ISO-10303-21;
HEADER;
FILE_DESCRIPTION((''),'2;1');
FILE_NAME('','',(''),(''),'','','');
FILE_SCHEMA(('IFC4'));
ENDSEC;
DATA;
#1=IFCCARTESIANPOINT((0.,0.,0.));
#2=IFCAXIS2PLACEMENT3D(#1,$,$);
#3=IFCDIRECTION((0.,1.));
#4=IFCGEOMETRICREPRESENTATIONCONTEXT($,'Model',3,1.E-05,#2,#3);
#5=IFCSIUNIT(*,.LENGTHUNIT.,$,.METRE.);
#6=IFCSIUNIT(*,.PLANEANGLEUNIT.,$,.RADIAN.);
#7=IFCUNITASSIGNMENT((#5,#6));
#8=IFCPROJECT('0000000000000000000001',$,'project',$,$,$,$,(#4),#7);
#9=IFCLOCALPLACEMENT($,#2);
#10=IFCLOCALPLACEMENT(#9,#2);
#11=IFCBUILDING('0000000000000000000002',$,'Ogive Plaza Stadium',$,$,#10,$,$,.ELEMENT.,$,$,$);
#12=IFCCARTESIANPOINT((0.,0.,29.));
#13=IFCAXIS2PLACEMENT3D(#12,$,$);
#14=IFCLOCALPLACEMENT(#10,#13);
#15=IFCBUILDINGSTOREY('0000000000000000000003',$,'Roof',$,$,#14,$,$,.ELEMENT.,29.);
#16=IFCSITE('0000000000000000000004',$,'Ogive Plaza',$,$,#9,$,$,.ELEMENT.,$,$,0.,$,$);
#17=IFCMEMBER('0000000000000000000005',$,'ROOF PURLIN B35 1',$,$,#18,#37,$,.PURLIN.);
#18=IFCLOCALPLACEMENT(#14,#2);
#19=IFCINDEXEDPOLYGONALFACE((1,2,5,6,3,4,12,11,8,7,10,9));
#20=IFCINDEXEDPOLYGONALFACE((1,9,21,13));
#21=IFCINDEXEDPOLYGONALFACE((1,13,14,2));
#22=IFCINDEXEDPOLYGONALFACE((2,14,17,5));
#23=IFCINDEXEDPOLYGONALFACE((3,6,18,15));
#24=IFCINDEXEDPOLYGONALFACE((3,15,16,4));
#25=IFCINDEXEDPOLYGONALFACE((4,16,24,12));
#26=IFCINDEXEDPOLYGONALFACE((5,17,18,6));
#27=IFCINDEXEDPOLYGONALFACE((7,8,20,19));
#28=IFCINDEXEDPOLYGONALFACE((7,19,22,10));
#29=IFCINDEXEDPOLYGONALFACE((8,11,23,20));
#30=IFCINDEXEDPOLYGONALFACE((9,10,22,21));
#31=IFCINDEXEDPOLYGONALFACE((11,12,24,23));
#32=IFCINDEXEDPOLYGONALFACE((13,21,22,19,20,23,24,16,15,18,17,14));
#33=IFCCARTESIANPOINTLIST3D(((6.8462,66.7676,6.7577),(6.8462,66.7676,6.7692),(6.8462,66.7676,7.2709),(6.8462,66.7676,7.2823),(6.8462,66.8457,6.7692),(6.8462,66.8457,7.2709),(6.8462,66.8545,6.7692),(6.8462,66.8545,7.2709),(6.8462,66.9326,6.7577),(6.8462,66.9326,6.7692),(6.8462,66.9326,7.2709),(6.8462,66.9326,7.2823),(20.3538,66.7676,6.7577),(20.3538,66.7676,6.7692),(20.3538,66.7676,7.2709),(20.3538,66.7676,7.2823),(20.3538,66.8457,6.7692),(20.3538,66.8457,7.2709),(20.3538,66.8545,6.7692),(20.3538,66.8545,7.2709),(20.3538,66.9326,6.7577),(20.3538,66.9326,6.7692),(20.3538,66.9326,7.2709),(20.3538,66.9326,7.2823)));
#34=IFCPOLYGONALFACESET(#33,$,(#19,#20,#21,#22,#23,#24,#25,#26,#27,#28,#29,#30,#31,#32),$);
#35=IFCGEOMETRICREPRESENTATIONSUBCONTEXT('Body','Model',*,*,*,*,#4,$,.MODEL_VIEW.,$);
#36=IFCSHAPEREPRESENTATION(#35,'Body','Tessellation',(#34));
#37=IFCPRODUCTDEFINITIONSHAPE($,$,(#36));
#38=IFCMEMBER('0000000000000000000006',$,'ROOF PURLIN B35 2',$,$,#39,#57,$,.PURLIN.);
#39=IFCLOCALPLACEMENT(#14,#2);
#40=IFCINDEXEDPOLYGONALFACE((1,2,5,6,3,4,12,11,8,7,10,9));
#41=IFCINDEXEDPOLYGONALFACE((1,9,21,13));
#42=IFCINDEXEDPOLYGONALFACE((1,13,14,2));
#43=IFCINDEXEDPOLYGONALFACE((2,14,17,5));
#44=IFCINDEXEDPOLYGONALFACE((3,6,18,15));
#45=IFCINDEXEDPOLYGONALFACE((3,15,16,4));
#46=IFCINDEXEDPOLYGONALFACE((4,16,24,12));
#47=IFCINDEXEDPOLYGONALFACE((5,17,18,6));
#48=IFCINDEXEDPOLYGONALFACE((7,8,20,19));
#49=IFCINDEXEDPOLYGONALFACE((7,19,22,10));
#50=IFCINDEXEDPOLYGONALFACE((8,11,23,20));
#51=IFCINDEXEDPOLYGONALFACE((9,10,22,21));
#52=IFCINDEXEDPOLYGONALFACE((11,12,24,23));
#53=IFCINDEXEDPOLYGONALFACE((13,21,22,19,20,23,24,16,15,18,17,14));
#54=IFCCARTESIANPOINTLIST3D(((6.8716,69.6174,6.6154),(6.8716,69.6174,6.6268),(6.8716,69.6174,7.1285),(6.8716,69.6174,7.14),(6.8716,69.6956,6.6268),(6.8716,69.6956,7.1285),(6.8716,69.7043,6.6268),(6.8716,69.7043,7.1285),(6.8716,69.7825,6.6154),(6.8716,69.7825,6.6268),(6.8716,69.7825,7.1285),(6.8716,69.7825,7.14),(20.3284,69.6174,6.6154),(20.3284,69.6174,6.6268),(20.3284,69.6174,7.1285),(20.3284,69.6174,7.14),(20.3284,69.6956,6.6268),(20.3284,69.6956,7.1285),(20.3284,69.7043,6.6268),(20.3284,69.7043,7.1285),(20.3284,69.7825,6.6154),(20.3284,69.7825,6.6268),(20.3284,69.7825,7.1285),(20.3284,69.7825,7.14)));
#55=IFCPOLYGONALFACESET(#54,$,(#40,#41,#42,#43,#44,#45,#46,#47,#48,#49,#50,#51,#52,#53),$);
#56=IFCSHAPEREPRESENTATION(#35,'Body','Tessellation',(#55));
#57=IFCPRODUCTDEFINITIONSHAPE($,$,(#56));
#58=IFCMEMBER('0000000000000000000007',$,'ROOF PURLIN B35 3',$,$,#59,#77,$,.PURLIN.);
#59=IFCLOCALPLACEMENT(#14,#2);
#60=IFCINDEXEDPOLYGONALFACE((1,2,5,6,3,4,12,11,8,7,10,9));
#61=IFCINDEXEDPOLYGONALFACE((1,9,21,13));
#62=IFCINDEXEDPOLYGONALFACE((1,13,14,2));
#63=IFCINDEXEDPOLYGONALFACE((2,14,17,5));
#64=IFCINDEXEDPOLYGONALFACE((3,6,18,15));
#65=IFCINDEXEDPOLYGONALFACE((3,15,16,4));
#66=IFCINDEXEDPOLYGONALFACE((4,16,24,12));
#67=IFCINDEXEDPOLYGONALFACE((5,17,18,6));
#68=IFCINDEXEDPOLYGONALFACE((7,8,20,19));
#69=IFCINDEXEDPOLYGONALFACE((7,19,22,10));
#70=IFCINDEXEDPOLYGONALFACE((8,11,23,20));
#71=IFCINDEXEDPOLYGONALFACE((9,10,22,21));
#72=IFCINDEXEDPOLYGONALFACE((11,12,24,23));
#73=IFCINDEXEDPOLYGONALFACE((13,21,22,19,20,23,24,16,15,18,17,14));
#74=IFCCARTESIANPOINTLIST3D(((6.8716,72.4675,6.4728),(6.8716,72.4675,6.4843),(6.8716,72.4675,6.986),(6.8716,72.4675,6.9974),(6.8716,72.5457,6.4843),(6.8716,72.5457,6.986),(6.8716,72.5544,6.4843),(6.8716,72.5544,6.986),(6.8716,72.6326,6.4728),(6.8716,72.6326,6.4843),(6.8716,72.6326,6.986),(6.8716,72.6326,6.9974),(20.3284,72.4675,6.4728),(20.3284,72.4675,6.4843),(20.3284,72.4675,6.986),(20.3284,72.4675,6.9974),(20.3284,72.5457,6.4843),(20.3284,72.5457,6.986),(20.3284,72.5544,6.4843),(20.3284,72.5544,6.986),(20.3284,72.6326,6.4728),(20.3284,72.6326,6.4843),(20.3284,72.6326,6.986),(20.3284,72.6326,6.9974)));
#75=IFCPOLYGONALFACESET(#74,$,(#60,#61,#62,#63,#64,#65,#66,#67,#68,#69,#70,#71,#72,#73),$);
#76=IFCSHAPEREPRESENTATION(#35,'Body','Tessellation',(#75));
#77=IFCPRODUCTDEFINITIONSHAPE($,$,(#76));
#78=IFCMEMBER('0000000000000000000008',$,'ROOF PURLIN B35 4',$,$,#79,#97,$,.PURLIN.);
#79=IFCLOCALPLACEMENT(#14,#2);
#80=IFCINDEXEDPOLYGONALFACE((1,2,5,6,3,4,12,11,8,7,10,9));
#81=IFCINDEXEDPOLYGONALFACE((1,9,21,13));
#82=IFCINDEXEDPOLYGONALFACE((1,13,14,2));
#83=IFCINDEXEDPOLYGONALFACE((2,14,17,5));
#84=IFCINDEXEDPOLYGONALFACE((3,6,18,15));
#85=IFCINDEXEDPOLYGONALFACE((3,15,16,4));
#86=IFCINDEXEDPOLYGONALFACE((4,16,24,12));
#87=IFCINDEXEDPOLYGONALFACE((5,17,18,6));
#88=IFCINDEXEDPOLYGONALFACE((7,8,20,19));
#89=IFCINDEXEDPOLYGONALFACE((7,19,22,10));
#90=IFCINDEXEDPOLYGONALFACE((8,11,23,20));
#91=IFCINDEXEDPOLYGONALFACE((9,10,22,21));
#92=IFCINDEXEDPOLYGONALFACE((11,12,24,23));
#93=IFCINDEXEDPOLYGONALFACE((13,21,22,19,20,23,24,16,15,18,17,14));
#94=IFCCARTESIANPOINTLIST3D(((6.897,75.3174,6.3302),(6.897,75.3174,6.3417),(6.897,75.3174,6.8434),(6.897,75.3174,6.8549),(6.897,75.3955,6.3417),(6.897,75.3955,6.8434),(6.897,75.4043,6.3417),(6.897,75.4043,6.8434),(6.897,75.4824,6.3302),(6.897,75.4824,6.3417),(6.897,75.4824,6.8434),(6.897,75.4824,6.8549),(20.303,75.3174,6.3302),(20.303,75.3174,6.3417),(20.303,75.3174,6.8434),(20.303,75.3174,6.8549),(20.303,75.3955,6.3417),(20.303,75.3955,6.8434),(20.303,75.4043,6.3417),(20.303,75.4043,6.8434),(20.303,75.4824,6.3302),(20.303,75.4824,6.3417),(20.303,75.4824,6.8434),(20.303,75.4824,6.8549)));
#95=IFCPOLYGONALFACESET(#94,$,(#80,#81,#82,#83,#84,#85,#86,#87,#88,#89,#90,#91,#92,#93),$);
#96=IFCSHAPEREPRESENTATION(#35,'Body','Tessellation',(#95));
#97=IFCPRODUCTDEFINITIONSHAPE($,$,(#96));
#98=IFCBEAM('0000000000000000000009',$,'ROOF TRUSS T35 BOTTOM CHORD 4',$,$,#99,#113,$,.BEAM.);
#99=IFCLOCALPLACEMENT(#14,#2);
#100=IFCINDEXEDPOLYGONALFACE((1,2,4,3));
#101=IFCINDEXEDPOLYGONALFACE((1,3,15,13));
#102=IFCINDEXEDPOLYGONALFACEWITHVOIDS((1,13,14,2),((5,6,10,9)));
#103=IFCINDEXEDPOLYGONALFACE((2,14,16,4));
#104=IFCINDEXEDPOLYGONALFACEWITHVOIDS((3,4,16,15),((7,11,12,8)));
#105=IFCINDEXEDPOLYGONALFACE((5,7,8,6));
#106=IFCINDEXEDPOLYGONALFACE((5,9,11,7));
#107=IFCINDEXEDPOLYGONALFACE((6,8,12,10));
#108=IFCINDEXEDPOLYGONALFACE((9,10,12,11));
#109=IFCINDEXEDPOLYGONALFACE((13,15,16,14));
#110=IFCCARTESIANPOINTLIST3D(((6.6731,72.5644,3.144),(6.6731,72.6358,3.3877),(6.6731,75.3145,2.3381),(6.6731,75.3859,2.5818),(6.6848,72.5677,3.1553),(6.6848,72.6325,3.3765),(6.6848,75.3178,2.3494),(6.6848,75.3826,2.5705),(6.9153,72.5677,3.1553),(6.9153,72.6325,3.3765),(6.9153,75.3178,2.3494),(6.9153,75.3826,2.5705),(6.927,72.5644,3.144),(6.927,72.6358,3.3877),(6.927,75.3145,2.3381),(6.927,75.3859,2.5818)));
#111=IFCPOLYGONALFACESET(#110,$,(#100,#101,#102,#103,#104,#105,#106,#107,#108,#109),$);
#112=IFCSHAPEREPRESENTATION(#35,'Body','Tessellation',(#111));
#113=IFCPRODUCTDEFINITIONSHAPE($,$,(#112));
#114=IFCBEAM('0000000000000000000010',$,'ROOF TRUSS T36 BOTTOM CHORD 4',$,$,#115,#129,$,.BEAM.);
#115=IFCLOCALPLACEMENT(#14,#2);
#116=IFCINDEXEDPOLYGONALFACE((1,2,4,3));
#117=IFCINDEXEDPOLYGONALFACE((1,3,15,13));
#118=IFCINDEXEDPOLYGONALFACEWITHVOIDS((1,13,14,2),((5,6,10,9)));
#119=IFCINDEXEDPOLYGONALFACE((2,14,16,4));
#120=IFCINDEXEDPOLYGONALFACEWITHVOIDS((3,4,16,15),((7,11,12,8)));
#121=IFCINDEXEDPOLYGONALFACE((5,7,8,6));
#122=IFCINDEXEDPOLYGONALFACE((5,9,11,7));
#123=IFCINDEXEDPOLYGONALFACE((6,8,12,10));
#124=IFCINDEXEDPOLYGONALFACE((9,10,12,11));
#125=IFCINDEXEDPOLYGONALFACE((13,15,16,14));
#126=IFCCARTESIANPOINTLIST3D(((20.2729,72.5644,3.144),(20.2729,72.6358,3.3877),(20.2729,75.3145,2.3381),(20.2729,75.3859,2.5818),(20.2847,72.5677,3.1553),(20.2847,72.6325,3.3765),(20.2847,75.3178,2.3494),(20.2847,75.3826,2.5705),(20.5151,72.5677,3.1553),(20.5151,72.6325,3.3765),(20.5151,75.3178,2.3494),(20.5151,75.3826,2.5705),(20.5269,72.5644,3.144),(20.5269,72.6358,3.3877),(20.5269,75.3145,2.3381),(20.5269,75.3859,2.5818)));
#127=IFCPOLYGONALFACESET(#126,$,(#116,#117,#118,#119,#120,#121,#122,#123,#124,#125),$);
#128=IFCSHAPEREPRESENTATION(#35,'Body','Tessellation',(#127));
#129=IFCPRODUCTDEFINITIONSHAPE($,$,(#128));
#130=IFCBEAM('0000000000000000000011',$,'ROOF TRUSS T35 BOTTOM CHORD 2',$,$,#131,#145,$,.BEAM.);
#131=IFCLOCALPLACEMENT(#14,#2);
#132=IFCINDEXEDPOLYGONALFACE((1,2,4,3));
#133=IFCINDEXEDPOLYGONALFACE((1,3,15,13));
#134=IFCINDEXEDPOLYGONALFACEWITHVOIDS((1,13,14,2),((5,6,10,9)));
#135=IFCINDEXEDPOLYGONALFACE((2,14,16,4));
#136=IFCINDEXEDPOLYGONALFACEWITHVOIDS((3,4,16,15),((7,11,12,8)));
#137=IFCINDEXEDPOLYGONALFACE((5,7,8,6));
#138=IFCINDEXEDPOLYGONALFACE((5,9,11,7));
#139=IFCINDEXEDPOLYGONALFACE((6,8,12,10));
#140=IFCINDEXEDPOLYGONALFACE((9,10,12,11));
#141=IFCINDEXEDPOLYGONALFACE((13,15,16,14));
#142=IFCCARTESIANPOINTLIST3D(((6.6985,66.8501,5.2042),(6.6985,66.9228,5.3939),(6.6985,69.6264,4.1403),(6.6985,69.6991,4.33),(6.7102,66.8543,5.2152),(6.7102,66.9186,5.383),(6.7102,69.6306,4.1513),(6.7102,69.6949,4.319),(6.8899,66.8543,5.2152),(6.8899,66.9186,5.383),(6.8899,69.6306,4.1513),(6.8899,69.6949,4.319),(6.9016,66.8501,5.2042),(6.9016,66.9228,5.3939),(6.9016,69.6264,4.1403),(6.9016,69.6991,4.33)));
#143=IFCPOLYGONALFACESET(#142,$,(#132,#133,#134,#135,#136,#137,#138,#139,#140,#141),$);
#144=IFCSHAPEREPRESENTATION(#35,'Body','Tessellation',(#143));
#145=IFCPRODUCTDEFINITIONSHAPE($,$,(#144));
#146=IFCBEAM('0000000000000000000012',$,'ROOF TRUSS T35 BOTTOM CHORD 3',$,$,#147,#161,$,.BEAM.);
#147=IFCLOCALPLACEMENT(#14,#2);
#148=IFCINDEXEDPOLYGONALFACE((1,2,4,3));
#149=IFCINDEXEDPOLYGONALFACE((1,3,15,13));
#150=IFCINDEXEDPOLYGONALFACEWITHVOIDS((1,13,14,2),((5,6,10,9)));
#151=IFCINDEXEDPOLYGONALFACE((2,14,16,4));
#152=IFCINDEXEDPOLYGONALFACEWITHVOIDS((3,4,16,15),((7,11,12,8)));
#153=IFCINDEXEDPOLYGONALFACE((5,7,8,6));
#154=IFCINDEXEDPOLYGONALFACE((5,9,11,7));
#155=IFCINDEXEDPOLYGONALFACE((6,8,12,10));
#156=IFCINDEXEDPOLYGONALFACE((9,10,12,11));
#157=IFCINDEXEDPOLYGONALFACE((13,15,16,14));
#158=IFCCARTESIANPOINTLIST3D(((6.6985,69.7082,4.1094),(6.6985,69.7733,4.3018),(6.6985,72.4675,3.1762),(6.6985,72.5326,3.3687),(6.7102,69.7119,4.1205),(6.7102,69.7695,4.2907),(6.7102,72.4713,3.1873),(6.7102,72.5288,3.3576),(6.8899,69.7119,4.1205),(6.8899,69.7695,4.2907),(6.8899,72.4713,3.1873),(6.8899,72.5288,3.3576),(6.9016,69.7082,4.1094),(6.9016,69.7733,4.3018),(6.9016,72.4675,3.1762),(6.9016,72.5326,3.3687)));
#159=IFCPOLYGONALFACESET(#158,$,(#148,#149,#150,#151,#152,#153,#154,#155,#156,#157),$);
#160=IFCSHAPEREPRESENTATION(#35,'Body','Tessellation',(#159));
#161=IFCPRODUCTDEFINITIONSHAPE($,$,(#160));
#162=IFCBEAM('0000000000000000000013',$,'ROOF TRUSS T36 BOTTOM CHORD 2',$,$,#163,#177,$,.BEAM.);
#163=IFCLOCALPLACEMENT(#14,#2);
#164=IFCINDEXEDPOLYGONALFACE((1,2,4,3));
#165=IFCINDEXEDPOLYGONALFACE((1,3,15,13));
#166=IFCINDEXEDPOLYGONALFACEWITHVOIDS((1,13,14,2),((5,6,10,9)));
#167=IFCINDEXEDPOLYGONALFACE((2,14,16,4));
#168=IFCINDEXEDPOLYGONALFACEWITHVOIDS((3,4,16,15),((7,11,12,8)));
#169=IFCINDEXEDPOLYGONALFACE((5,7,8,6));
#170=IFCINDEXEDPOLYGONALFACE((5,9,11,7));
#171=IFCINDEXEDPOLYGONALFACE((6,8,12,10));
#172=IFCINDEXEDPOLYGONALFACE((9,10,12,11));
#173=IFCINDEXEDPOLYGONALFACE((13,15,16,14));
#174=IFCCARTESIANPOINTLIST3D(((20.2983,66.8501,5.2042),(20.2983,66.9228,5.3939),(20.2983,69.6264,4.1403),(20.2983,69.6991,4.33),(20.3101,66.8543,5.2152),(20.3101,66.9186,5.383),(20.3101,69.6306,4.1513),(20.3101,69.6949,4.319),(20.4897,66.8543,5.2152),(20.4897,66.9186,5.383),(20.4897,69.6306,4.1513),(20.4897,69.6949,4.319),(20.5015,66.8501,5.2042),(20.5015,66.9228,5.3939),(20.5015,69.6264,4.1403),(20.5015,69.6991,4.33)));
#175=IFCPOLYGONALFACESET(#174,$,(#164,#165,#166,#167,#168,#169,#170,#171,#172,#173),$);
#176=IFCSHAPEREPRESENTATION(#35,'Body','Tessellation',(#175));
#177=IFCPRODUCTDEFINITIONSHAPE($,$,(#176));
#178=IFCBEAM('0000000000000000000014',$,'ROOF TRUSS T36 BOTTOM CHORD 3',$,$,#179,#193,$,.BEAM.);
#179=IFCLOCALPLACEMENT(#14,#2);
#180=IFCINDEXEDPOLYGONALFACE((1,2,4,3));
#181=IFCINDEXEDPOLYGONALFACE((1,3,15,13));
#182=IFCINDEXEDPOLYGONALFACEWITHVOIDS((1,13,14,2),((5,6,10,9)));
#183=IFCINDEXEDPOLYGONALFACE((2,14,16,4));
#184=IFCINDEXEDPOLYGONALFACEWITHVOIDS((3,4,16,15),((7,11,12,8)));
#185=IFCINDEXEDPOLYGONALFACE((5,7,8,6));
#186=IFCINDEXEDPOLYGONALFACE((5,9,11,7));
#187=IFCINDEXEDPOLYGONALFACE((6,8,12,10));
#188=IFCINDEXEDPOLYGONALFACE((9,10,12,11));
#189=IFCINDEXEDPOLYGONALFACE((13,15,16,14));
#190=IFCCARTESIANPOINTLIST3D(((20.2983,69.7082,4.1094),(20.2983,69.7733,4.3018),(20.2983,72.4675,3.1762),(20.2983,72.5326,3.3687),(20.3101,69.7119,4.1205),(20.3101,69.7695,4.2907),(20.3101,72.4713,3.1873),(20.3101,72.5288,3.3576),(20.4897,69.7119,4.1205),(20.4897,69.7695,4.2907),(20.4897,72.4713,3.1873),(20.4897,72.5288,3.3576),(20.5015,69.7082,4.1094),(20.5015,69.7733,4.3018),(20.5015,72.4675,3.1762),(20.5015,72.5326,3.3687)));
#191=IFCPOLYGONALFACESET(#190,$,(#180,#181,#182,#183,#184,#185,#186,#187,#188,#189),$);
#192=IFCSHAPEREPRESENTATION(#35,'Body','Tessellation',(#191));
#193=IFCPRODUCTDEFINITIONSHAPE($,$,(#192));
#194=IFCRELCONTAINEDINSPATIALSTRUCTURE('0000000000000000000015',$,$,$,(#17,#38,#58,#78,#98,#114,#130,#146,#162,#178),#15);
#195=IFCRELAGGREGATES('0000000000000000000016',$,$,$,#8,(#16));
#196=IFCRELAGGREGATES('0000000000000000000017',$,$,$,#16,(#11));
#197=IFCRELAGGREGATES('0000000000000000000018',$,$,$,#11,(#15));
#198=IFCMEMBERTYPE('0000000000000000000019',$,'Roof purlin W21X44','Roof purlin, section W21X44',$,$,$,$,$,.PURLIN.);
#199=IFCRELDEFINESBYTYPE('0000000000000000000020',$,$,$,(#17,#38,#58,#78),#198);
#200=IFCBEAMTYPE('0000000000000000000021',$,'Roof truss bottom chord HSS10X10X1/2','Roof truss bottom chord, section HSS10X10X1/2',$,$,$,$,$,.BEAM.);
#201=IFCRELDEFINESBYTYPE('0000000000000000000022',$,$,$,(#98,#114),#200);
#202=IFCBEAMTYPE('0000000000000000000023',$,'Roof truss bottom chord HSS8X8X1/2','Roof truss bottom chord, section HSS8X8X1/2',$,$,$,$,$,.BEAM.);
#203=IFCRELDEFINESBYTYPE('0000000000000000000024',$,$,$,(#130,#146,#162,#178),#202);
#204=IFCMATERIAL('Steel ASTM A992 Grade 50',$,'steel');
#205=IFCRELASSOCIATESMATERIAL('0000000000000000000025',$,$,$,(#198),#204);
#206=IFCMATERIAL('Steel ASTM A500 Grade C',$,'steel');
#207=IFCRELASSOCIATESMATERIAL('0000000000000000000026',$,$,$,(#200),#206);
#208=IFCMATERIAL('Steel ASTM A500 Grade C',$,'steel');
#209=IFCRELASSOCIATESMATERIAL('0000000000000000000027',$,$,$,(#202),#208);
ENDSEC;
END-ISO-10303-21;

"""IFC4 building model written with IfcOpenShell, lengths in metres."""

from ifc_helpers import new_model, si_unit, direction, frame, origin, origin_2d, place, context, subcontext, project, spatial, hollow_rectangle, i_section, extrude, material, material_profile, profile_set, type_object, element, save


model = new_model("IFC4")

# Units and contexts
model_context = context("Model", 3, precision=1e-05, world=origin(), true_north=direction((0.0, 1.0)))
body_context = subcontext(model_context, "Body", "Model", "MODEL_VIEW")
ifc_project = project(units=[si_unit("LENGTHUNIT", "METRE"), si_unit("PLANEANGLEUNIT", "RADIAN")], contexts=[model_context])

# Site, building, storey
site_placement = place(None, origin())
site = spatial("IfcSite", under=ifc_project, at=site_placement, Name="Ogive Plaza", CompositionType="ELEMENT", RefElevation=0.0)
building_placement = place(site_placement, origin())
building = spatial("IfcBuilding", under=site, at=building_placement, Name="Ogive Plaza Stadium", CompositionType="ELEMENT")
storey_placement = place(building_placement, frame((0.0, 0.0, 29.0)))
storey = spatial("IfcBuildingStorey", under=building, at=storey_placement, Name="Roof", CompositionType="ELEMENT", Elevation=29.0)

# Members
ifc_material_1 = material(Name="Steel ASTM A992 Grade 50", Category="steel")
ifc_material_profile_1 = material_profile(ifc_material_1, i_section(OverallWidth=0.165, OverallDepth=0.5247, WebThickness=0.0088, FlangeThickness=0.0115, at=origin_2d()), Name="W21X44")
ifc_profile_set_1 = profile_set([ifc_material_profile_1], Name="Steel ASTM A992 Grade 50")
member_type_1 = type_object("IfcMemberType", Name="Roof purlin W21X44", Description="Roof purlin, section W21X44", PredefinedType="PURLIN", material=ifc_profile_set_1)
member_1_placement = place(storey_placement, frame((6.8462, 66.8501, 7.02), z_axis=(1.0, 0.0, 0.0), x_axis=(0.0, 1.0, 0.0)))
element("IfcMember", 1, at=member_1_placement, inside=storey, type_object=member_type_1, Name="ROOF PURLIN B35 1", PredefinedType="PURLIN", context=body_context, shape_type="SweptSolid", body=[
    extrude(i_section(OverallWidth=0.165, OverallDepth=0.5247, WebThickness=0.0088, FlangeThickness=0.0115, at=origin_2d()), origin(), (0.0, 0.0, 1.0), 13.5076),
])
for number, where, z_axis, x_axis, name in (
    (2, (6.8716, 69.7, 6.8777), (1.0, 0.0, 0.0), (0.0, 1.0, 0.0), "ROOF PURLIN B35 2"),
    (3, (6.8716, 72.55, 6.7351), (1.0, 0.0, 0.0), (0.0, 1.0, 0.0), "ROOF PURLIN B35 3"),
):
    element("IfcMember", number, at=place(storey_placement, frame(where, z_axis=z_axis, x_axis=x_axis)), inside=storey, type_object=member_type_1, Name=name, PredefinedType="PURLIN", context=body_context, shape_type="SweptSolid", body=[
        extrude(i_section(OverallWidth=0.165, OverallDepth=0.5247, WebThickness=0.0088, FlangeThickness=0.0115, at=origin_2d()), origin(), (0.0, 0.0, 1.0), 13.4568),
    ])
member_2_placement = place(storey_placement, frame((6.897, 75.3999, 6.5925), z_axis=(1.0, 0.0, 0.0), x_axis=(0.0, 1.0, 0.0)))
element("IfcMember", 4, at=member_2_placement, inside=storey, type_object=member_type_1, Name="ROOF PURLIN B35 4", PredefinedType="PURLIN", context=body_context, shape_type="SweptSolid", body=[
    extrude(i_section(OverallWidth=0.165, OverallDepth=0.5247, WebThickness=0.0088, FlangeThickness=0.0115, at=origin_2d()), origin(), (0.0, 0.0, 1.0), 13.406),
])

# Beams
ifc_material_2 = material(Name="Steel ASTM A500 Grade C", Category="steel")
ifc_material_profile_2 = material_profile(ifc_material_2, hollow_rectangle(XDim=0.2539, YDim=0.2539, WallThickness=0.0117, at=origin_2d()), Name="HSS10X10X1/2")
ifc_profile_set_2 = profile_set([ifc_material_profile_2], Name="Steel ASTM A500 Grade C")
beam_type_1 = type_object("IfcBeamType", Name="Roof truss bottom chord HSS10X10X1/2", Description="Roof truss bottom chord, section HSS10X10X1/2", PredefinedType="BEAM", material=ifc_profile_set_2)
for number, where, z_axis, x_axis, name in (
    (5, (6.8, 72.6001, 3.2659), (0.0, 0.95964, -0.28123), (-1.0, 0.0, 0.0), "ROOF TRUSS T35 BOTTOM CHORD 4"),
    (6, (20.3999, 72.6001, 3.2659), (0.0, 0.95964, -0.28123), (-1.0, 0.0, 0.0), "ROOF TRUSS T36 BOTTOM CHORD 4"),
):
    element("IfcBeam", number, at=place(storey_placement, frame(where, z_axis=z_axis, x_axis=x_axis)), inside=storey, type_object=beam_type_1, Name=name, PredefinedType="BEAM", context=body_context, shape_type="SweptSolid", body=[
        extrude(hollow_rectangle(XDim=0.2539, YDim=0.2539, WallThickness=0.0117, at=origin_2d()), origin(), (0.0, 0.0, 1.0), 2.8657),
    ])
ifc_material_3 = material(Name="Steel ASTM A500 Grade C", Category="steel")
ifc_material_profile_3 = material_profile(ifc_material_3, hollow_rectangle(XDim=0.2031, YDim=0.2031, WallThickness=0.0117, at=origin_2d()), Name="HSS8X8X1/2")
ifc_profile_set_3 = profile_set([ifc_material_profile_3], Name="Steel ASTM A500 Grade C")
beam_type_2 = type_object("IfcBeamType", Name="Roof truss bottom chord HSS8X8X1/2", Description="Roof truss bottom chord, section HSS8X8X1/2", PredefinedType="BEAM", material=ifc_profile_set_3)
beam_1_placement = place(storey_placement, frame((6.8, 66.8865, 5.2991), z_axis=(0.0, 0.933781, -0.357845), x_axis=(-1.0, 0.0, 0.0)))
element("IfcBeam", 7, at=beam_1_placement, inside=storey, type_object=beam_type_2, Name="ROOF TRUSS T35 BOTTOM CHORD 2", PredefinedType="BEAM", context=body_context, shape_type="SweptSolid", body=[
    extrude(hollow_rectangle(XDim=0.2031, YDim=0.2031, WallThickness=0.0117, at=origin_2d()), origin(), (0.0, 0.0, 1.0), 2.9731),
])
beam_2_placement = place(storey_placement, frame((6.8, 69.7407, 4.2056), z_axis=(0.0, 0.9473, -0.320349), x_axis=(-1.0, 0.0, 0.0)))
element("IfcBeam", 8, at=beam_2_placement, inside=storey, type_object=beam_type_2, Name="ROOF TRUSS T35 BOTTOM CHORD 3", PredefinedType="BEAM", context=body_context, shape_type="SweptSolid", body=[
    extrude(hollow_rectangle(XDim=0.2031, YDim=0.2031, WallThickness=0.0117, at=origin_2d()), origin(), (0.0, 0.0, 1.0), 2.9128),
])
beam_3_placement = place(storey_placement, frame((20.3999, 66.8865, 5.2991), z_axis=(0.0, 0.933781, -0.357845), x_axis=(-1.0, 0.0, 0.0)))
element("IfcBeam", 9, at=beam_3_placement, inside=storey, type_object=beam_type_2, Name="ROOF TRUSS T36 BOTTOM CHORD 2", PredefinedType="BEAM", context=body_context, shape_type="SweptSolid", body=[
    extrude(hollow_rectangle(XDim=0.2031, YDim=0.2031, WallThickness=0.0117, at=origin_2d()), origin(), (0.0, 0.0, 1.0), 2.9731),
])
beam_4_placement = place(storey_placement, frame((20.3999, 69.7407, 4.2056), z_axis=(0.0, 0.9473, -0.320349), x_axis=(-1.0, 0.0, 0.0)))
element("IfcBeam", 10, at=beam_4_placement, inside=storey, type_object=beam_type_2, Name="ROOF TRUSS T36 BOTTOM CHORD 3", PredefinedType="BEAM", context=body_context, shape_type="SweptSolid", body=[
    extrude(hollow_rectangle(XDim=0.2031, YDim=0.2031, WallThickness=0.0117, at=origin_2d()), origin(), (0.0, 0.0, 1.0), 2.9128),
])

save(model, "model.ifc")
